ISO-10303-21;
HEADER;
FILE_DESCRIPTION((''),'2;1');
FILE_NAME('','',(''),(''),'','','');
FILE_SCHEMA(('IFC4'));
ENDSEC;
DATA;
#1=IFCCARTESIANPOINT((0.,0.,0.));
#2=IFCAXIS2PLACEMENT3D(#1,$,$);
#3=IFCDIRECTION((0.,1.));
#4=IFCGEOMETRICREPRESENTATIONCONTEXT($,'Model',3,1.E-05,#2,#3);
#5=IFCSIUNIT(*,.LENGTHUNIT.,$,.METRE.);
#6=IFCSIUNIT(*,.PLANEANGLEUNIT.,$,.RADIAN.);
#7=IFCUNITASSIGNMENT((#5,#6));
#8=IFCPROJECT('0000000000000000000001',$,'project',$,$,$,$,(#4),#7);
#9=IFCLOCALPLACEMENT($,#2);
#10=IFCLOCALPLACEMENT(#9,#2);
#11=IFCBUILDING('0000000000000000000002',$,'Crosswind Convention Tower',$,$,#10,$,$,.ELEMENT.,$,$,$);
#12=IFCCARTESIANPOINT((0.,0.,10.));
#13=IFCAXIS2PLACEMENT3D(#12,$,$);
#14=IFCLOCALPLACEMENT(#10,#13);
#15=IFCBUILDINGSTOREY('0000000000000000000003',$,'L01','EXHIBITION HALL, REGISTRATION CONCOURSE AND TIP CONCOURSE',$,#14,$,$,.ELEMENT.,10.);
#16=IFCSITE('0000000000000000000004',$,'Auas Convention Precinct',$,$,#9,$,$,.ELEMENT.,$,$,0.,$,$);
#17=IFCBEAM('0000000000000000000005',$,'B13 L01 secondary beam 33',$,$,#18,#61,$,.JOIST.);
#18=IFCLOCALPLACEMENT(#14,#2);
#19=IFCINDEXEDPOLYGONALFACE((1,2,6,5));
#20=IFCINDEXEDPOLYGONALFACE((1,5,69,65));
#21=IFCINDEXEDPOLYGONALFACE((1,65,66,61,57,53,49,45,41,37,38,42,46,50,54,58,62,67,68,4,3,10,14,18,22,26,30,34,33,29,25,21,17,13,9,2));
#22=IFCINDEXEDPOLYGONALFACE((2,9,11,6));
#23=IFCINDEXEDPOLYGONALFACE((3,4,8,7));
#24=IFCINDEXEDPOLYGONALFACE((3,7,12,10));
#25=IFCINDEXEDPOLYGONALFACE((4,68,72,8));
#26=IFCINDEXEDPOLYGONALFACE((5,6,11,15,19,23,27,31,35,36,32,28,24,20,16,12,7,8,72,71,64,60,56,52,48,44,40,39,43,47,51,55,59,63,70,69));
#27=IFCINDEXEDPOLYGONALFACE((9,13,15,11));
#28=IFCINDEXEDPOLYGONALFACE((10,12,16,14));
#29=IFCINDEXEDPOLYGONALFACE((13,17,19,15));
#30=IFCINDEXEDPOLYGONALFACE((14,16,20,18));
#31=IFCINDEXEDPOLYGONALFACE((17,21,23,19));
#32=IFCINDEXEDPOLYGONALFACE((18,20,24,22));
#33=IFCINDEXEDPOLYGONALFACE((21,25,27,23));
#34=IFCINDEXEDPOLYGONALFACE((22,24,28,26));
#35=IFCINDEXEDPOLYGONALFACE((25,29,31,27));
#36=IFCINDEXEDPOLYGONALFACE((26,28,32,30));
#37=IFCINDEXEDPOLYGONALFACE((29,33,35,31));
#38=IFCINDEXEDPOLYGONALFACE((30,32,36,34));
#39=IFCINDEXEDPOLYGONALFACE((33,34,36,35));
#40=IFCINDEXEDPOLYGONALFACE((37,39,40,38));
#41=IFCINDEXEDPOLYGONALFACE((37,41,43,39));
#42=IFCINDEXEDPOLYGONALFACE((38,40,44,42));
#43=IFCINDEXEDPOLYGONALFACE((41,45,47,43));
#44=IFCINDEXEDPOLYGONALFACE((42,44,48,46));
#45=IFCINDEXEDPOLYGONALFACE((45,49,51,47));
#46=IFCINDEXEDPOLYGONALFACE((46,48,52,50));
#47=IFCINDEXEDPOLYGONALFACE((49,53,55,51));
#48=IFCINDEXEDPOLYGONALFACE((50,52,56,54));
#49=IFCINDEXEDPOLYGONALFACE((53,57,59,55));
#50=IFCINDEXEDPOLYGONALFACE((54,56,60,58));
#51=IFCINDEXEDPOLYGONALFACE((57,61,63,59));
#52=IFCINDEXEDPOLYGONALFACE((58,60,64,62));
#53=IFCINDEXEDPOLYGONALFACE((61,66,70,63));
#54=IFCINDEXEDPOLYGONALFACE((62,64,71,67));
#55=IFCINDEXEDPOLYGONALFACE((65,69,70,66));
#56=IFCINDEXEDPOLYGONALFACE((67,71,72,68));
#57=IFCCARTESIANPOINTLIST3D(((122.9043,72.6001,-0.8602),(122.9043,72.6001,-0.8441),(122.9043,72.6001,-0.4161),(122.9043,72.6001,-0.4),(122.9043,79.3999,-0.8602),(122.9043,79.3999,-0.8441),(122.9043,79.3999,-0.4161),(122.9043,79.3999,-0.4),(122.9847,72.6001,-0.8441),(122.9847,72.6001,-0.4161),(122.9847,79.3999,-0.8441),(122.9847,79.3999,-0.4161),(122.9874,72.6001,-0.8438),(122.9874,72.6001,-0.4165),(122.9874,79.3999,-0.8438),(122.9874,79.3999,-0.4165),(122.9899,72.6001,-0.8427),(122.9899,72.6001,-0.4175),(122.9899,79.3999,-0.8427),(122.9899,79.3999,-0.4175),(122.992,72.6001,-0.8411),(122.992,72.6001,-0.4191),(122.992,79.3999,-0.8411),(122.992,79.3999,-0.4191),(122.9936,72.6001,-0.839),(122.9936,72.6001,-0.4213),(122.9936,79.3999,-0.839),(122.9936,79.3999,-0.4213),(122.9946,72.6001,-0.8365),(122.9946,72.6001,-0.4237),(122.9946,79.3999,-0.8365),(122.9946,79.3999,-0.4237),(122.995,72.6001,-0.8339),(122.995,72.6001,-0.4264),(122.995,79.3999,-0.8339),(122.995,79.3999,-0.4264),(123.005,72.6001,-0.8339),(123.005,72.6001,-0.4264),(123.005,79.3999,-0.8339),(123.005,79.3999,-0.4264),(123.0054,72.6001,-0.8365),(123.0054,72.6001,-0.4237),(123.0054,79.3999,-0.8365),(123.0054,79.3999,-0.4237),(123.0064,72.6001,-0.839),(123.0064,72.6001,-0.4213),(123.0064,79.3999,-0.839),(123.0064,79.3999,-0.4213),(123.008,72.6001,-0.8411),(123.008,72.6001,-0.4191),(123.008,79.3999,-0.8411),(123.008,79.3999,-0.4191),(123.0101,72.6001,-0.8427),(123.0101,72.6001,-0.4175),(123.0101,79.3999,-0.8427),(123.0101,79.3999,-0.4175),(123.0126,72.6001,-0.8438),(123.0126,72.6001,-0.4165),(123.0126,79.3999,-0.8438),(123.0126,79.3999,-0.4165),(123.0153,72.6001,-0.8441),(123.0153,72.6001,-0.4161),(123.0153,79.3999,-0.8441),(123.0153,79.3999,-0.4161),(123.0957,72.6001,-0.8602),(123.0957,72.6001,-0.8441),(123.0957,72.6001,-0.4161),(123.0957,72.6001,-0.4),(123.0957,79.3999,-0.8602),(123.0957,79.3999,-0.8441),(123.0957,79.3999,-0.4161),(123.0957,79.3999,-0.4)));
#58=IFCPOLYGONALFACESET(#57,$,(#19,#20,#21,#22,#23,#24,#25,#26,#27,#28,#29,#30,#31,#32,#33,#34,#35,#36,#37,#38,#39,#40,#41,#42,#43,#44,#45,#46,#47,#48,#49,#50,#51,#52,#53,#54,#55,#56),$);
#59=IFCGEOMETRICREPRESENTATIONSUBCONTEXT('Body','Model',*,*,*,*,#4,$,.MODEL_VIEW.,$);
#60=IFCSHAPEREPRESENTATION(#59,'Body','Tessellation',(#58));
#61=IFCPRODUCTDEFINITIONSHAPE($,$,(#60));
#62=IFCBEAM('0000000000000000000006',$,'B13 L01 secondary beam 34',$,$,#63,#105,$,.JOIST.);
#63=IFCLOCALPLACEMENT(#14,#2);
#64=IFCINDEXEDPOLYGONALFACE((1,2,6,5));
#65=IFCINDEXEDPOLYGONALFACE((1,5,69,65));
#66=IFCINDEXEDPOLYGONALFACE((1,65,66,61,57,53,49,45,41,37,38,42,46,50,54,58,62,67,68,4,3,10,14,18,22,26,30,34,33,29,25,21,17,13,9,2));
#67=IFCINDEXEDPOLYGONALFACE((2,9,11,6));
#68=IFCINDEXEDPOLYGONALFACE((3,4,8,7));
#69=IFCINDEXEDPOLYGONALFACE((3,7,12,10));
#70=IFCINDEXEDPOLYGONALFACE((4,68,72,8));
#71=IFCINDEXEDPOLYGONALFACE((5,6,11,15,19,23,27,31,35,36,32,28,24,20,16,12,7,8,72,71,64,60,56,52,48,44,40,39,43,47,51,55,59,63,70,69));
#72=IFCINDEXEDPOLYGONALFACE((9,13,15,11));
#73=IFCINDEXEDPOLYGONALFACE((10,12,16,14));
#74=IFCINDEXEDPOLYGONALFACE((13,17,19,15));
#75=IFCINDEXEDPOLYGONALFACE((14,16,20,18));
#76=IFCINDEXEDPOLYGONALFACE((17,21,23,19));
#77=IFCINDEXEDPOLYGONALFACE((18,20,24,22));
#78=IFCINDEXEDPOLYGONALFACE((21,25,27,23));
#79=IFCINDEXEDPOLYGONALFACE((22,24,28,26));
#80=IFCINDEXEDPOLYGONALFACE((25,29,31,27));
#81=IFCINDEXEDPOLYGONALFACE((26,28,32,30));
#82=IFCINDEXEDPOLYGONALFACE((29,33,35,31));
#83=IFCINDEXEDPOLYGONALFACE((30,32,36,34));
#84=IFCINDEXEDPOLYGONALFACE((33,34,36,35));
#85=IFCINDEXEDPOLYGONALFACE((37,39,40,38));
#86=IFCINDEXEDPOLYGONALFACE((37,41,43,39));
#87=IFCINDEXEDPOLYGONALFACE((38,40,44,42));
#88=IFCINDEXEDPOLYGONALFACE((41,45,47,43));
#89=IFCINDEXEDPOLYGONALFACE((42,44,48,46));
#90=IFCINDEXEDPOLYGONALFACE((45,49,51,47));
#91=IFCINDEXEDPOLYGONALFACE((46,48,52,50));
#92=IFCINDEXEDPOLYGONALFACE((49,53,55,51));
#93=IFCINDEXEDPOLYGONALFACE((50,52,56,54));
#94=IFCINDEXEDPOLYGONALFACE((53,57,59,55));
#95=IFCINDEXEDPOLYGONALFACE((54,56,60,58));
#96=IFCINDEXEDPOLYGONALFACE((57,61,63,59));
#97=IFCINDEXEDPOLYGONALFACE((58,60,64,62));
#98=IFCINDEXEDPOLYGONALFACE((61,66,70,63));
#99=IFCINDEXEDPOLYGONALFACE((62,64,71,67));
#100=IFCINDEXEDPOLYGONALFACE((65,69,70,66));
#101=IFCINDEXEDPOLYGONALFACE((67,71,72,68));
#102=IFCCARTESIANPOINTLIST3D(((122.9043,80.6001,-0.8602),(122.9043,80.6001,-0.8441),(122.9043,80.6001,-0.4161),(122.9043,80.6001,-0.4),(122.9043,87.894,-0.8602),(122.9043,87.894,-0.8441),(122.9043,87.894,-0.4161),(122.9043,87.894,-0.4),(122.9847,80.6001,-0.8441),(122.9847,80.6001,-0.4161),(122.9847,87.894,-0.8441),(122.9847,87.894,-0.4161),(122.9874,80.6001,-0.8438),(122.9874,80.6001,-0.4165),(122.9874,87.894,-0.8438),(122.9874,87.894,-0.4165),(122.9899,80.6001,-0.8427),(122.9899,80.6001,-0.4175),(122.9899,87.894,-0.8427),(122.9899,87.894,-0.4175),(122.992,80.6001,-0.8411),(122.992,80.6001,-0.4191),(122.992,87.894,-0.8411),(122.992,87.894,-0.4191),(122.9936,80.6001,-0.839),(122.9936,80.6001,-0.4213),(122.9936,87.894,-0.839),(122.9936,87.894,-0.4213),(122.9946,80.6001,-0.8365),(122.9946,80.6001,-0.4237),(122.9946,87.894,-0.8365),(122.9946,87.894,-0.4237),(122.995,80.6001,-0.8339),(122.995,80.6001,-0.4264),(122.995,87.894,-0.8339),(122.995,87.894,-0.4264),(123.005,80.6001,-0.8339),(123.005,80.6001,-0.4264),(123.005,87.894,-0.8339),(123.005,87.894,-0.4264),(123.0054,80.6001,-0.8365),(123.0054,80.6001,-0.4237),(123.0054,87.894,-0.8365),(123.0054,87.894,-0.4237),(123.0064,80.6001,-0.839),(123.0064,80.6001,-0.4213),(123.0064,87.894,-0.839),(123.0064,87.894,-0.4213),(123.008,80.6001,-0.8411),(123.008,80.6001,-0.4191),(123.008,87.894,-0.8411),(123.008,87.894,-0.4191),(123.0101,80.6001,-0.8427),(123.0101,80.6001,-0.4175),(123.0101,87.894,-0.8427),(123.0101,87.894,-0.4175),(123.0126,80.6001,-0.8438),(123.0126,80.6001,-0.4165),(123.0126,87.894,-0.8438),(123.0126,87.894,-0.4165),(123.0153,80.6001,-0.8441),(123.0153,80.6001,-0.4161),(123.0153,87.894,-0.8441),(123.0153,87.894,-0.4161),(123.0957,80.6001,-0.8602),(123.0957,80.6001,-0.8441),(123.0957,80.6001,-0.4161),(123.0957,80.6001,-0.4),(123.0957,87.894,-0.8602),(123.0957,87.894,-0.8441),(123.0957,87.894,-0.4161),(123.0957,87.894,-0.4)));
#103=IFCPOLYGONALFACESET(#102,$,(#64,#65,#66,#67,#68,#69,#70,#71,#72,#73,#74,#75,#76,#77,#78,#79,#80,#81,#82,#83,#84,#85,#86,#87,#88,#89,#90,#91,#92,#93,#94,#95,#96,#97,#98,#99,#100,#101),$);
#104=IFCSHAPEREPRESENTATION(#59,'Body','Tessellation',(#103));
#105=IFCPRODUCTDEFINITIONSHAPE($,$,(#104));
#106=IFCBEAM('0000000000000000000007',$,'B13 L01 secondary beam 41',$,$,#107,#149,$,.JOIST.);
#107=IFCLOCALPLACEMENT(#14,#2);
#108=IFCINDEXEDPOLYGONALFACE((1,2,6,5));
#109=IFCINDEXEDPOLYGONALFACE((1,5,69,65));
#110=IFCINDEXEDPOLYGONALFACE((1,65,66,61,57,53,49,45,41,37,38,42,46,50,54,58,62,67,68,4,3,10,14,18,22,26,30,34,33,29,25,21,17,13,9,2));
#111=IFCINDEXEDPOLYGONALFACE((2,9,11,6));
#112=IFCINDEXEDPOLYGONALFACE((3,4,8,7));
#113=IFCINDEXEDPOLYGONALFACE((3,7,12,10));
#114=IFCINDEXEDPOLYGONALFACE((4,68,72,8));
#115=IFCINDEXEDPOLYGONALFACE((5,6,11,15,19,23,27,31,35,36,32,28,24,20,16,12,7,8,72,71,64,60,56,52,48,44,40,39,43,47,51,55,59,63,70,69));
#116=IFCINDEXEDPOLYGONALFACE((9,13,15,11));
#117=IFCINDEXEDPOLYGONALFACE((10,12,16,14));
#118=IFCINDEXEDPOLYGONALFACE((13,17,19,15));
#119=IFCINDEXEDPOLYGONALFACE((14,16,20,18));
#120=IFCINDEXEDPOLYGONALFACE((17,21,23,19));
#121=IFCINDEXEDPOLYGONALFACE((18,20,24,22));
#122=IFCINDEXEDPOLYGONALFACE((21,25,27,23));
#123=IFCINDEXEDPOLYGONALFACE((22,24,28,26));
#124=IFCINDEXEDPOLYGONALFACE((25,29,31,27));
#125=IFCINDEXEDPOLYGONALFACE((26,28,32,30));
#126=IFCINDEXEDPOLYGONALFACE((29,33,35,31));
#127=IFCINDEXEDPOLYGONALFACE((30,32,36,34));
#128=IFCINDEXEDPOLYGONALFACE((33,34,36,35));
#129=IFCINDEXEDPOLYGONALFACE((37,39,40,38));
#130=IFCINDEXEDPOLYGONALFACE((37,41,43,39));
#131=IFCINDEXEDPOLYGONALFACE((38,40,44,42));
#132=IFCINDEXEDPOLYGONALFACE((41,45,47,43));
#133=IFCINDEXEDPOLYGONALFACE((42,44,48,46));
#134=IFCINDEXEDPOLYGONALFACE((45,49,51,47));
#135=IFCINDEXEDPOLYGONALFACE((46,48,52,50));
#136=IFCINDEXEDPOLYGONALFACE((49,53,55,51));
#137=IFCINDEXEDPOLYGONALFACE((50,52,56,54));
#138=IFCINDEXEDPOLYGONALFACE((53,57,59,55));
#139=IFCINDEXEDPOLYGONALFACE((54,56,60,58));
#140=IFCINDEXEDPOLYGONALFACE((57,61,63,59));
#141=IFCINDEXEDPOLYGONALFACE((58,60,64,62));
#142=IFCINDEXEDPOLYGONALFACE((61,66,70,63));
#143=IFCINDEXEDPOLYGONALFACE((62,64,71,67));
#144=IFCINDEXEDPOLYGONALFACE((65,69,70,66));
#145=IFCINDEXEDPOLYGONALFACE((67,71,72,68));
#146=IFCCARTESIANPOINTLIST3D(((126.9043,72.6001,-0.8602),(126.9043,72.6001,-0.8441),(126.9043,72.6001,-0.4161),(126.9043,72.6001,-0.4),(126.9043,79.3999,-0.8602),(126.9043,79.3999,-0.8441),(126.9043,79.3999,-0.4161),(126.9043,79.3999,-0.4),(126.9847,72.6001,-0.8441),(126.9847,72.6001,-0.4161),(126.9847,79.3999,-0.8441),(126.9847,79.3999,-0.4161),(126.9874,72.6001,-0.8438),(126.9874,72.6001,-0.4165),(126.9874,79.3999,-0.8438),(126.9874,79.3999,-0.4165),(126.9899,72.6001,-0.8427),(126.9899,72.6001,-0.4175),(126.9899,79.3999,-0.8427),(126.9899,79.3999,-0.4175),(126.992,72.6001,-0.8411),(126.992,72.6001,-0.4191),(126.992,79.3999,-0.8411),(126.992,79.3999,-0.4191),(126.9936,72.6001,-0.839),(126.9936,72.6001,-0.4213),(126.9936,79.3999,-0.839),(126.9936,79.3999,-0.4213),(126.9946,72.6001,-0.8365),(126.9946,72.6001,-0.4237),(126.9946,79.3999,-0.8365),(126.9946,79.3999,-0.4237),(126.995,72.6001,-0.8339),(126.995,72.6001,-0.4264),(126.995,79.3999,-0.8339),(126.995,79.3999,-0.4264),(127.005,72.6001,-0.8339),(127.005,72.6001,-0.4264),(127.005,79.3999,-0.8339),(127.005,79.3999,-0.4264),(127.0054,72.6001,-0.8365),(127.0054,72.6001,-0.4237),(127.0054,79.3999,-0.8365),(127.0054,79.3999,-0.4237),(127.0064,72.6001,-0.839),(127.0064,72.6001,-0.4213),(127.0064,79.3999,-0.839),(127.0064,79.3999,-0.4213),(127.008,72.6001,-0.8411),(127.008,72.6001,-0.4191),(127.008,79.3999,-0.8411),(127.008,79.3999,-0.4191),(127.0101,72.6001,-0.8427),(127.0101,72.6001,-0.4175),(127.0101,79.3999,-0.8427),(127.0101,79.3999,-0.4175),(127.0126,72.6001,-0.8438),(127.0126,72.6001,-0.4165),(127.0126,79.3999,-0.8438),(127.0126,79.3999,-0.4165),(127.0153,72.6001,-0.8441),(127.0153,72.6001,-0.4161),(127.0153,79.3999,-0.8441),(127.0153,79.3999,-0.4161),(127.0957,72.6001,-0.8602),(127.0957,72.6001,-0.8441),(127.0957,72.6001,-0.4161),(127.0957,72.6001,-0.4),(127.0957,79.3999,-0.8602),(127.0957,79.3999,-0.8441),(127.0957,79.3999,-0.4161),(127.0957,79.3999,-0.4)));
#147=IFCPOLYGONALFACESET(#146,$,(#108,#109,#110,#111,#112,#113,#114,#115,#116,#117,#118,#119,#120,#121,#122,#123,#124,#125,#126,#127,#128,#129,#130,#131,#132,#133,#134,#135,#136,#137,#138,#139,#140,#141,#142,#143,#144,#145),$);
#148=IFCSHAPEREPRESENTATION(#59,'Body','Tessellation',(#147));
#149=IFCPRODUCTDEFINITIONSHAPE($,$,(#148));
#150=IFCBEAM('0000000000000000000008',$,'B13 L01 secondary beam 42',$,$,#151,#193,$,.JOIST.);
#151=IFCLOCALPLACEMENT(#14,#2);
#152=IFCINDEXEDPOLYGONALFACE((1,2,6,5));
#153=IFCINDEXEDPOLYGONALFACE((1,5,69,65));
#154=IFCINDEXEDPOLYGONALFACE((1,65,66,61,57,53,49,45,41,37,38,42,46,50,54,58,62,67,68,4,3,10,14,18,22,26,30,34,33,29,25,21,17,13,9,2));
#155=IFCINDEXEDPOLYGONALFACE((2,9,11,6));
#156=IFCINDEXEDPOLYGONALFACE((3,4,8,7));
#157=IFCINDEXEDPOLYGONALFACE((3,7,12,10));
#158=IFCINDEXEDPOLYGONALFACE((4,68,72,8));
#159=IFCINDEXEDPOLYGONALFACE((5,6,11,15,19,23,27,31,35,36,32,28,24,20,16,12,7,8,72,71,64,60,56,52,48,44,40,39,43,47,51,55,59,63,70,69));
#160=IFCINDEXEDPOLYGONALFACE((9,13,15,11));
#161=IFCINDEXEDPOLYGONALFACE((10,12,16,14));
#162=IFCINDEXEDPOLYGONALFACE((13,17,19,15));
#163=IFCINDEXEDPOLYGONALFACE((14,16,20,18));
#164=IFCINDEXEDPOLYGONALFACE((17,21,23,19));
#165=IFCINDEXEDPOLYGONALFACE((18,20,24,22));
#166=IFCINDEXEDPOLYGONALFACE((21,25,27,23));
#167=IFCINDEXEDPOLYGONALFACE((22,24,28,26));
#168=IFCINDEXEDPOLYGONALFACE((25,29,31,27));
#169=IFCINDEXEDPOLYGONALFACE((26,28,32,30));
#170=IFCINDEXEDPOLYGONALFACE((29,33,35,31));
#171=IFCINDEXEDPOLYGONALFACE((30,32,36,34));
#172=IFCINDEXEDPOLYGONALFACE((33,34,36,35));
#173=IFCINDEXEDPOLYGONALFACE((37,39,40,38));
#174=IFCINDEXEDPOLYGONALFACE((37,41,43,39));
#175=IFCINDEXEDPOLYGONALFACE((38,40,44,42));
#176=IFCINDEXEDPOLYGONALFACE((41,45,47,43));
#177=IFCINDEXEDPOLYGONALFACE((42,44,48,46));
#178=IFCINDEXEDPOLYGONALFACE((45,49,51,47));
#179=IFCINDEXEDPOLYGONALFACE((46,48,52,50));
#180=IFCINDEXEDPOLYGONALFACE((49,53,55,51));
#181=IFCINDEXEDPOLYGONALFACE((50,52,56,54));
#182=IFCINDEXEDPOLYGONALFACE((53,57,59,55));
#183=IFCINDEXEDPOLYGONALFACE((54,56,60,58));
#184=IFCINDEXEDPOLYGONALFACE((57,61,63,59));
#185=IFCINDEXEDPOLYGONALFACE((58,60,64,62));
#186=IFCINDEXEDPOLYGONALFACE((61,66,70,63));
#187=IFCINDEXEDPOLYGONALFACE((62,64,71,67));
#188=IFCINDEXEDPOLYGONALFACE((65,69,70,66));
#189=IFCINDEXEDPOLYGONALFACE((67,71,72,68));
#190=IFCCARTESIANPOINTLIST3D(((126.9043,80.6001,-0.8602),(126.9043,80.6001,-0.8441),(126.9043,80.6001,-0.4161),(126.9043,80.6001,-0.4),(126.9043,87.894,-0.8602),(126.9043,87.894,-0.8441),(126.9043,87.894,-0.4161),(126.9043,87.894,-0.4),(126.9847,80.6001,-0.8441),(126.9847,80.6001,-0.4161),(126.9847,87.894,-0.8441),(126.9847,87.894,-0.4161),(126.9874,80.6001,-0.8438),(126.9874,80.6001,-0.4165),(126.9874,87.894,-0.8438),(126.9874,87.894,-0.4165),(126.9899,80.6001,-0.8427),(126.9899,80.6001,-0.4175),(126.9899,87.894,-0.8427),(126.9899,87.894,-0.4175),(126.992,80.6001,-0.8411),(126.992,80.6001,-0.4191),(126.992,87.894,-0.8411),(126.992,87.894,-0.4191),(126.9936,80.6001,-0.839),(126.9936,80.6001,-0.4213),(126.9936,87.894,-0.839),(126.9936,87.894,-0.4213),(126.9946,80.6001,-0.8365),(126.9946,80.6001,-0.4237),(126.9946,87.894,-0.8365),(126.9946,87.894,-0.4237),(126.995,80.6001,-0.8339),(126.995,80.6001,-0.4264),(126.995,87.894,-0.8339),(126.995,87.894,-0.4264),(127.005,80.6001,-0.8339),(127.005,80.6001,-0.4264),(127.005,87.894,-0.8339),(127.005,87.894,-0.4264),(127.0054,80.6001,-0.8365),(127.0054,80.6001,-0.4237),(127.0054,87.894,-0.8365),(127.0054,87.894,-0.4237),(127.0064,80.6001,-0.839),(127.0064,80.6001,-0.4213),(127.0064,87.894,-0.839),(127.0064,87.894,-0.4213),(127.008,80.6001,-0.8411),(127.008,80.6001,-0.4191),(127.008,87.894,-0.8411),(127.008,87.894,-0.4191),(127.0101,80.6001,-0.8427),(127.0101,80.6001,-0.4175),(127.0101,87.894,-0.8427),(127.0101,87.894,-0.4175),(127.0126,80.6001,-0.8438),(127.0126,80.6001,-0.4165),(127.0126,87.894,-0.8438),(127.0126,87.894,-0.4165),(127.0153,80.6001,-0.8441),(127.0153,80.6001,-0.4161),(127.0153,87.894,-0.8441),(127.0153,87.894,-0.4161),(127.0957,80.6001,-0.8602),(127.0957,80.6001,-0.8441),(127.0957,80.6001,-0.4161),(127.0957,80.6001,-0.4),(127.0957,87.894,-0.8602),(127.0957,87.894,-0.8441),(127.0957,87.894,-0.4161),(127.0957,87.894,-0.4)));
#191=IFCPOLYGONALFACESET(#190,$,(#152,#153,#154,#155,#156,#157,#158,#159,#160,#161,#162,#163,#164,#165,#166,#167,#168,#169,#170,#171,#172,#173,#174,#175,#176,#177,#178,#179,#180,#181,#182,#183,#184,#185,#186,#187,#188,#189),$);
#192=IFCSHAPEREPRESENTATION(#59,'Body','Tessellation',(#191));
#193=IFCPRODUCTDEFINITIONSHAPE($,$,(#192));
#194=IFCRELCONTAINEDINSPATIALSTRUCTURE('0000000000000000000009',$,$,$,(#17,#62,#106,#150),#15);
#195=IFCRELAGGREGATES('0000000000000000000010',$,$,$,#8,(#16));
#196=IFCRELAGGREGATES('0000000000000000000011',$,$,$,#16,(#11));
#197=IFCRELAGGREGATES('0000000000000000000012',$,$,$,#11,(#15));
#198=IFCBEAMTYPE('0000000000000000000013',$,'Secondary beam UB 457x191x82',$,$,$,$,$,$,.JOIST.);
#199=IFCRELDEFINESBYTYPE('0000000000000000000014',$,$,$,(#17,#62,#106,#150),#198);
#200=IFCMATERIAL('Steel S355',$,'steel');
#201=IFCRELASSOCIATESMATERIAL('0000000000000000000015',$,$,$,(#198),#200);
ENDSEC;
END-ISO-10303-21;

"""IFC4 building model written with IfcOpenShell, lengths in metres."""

from ifc_helpers import new_model, si_unit, direction, frame, origin, origin_2d, place, context, subcontext, project, spatial, i_section, extrude, material, material_profile, profile_set, type_object, element, save


model = new_model("IFC4")

# Units and contexts
model_context = context("Model", 3, precision=1e-05, world=origin(), true_north=direction((0.0, 1.0)))
body_context = subcontext(model_context, "Body", "Model", "MODEL_VIEW")
ifc_project = project(units=[si_unit("LENGTHUNIT", "METRE"), si_unit("PLANEANGLEUNIT", "RADIAN")], contexts=[model_context])

# Site, building, storey
site_placement = place(None, origin())
site = spatial("IfcSite", under=ifc_project, at=site_placement, Name="Auas Convention Precinct", CompositionType="ELEMENT", RefElevation=0.0)
building_placement = place(site_placement, origin())
building = spatial("IfcBuilding", under=site, at=building_placement, Name="Crosswind Convention Tower", CompositionType="ELEMENT")
storey_placement = place(building_placement, frame((0.0, 0.0, 10.0)))
storey = spatial("IfcBuildingStorey", under=building, at=storey_placement, Name="L01", Description="EXHIBITION HALL, REGISTRATION CONCOURSE AND TIP CONCOURSE", CompositionType="ELEMENT", Elevation=10.0)

# Shared definitions
ifc_material_1 = material(Name="Steel S355", Category="steel")

# Beams
ifc_material_profile_1 = material_profile(ifc_material_1, i_section(OverallWidth=0.1914, OverallDepth=0.4602, WebThickness=0.01, FlangeThickness=0.0161, FilletRadius=0.0103, at=origin_2d()), Name="UB 457x191x82")
ifc_profile_set_1 = profile_set([ifc_material_profile_1], Name="Steel S355")
beam_type_1 = type_object("IfcBeamType", Name="Secondary beam UB 457x191x82", PredefinedType="JOIST", material=ifc_profile_set_1)
beam_1_placement = place(storey_placement, frame((123.0, 72.6001, -0.6301), z_axis=(0.0, 1.0, 0.0), x_axis=(-1.0, 0.0, 0.0)))
element("IfcBeam", 1, at=beam_1_placement, inside=storey, type_object=beam_type_1, Name="B13 L01 secondary beam 33", PredefinedType="JOIST", context=body_context, shape_type="SweptSolid", body=[
    extrude(i_section(OverallWidth=0.1914, OverallDepth=0.4602, WebThickness=0.01, FlangeThickness=0.0161, FilletRadius=0.0103, at=origin_2d()), origin(), (0.0, 0.0, 1.0), 6.7998),
])
beam_2_placement = place(storey_placement, frame((123.0, 80.6001, -0.6301), z_axis=(0.0, 1.0, 0.0), x_axis=(-1.0, 0.0, 0.0)))
element("IfcBeam", 2, at=beam_2_placement, inside=storey, type_object=beam_type_1, Name="B13 L01 secondary beam 34", PredefinedType="JOIST", context=body_context, shape_type="SweptSolid", body=[
    extrude(i_section(OverallWidth=0.1914, OverallDepth=0.4602, WebThickness=0.01, FlangeThickness=0.0161, FilletRadius=0.0103, at=origin_2d()), origin(), (0.0, 0.0, 1.0), 7.2939),
])
beam_3_placement = place(storey_placement, frame((127.0, 72.6001, -0.6301), z_axis=(0.0, 1.0, 0.0), x_axis=(-1.0, 0.0, 0.0)))
element("IfcBeam", 3, at=beam_3_placement, inside=storey, type_object=beam_type_1, Name="B13 L01 secondary beam 41", PredefinedType="JOIST", context=body_context, shape_type="SweptSolid", body=[
    extrude(i_section(OverallWidth=0.1914, OverallDepth=0.4602, WebThickness=0.01, FlangeThickness=0.0161, FilletRadius=0.0103, at=origin_2d()), origin(), (0.0, 0.0, 1.0), 6.7998),
])
beam_4_placement = place(storey_placement, frame((127.0, 80.6001, -0.6301), z_axis=(0.0, 1.0, 0.0), x_axis=(-1.0, 0.0, 0.0)))
element("IfcBeam", 4, at=beam_4_placement, inside=storey, type_object=beam_type_1, Name="B13 L01 secondary beam 42", PredefinedType="JOIST", context=body_context, shape_type="SweptSolid", body=[
    extrude(i_section(OverallWidth=0.1914, OverallDepth=0.4602, WebThickness=0.01, FlangeThickness=0.0161, FilletRadius=0.0103, at=origin_2d()), origin(), (0.0, 0.0, 1.0), 7.2939),
])

save(model, "model.ifc")
